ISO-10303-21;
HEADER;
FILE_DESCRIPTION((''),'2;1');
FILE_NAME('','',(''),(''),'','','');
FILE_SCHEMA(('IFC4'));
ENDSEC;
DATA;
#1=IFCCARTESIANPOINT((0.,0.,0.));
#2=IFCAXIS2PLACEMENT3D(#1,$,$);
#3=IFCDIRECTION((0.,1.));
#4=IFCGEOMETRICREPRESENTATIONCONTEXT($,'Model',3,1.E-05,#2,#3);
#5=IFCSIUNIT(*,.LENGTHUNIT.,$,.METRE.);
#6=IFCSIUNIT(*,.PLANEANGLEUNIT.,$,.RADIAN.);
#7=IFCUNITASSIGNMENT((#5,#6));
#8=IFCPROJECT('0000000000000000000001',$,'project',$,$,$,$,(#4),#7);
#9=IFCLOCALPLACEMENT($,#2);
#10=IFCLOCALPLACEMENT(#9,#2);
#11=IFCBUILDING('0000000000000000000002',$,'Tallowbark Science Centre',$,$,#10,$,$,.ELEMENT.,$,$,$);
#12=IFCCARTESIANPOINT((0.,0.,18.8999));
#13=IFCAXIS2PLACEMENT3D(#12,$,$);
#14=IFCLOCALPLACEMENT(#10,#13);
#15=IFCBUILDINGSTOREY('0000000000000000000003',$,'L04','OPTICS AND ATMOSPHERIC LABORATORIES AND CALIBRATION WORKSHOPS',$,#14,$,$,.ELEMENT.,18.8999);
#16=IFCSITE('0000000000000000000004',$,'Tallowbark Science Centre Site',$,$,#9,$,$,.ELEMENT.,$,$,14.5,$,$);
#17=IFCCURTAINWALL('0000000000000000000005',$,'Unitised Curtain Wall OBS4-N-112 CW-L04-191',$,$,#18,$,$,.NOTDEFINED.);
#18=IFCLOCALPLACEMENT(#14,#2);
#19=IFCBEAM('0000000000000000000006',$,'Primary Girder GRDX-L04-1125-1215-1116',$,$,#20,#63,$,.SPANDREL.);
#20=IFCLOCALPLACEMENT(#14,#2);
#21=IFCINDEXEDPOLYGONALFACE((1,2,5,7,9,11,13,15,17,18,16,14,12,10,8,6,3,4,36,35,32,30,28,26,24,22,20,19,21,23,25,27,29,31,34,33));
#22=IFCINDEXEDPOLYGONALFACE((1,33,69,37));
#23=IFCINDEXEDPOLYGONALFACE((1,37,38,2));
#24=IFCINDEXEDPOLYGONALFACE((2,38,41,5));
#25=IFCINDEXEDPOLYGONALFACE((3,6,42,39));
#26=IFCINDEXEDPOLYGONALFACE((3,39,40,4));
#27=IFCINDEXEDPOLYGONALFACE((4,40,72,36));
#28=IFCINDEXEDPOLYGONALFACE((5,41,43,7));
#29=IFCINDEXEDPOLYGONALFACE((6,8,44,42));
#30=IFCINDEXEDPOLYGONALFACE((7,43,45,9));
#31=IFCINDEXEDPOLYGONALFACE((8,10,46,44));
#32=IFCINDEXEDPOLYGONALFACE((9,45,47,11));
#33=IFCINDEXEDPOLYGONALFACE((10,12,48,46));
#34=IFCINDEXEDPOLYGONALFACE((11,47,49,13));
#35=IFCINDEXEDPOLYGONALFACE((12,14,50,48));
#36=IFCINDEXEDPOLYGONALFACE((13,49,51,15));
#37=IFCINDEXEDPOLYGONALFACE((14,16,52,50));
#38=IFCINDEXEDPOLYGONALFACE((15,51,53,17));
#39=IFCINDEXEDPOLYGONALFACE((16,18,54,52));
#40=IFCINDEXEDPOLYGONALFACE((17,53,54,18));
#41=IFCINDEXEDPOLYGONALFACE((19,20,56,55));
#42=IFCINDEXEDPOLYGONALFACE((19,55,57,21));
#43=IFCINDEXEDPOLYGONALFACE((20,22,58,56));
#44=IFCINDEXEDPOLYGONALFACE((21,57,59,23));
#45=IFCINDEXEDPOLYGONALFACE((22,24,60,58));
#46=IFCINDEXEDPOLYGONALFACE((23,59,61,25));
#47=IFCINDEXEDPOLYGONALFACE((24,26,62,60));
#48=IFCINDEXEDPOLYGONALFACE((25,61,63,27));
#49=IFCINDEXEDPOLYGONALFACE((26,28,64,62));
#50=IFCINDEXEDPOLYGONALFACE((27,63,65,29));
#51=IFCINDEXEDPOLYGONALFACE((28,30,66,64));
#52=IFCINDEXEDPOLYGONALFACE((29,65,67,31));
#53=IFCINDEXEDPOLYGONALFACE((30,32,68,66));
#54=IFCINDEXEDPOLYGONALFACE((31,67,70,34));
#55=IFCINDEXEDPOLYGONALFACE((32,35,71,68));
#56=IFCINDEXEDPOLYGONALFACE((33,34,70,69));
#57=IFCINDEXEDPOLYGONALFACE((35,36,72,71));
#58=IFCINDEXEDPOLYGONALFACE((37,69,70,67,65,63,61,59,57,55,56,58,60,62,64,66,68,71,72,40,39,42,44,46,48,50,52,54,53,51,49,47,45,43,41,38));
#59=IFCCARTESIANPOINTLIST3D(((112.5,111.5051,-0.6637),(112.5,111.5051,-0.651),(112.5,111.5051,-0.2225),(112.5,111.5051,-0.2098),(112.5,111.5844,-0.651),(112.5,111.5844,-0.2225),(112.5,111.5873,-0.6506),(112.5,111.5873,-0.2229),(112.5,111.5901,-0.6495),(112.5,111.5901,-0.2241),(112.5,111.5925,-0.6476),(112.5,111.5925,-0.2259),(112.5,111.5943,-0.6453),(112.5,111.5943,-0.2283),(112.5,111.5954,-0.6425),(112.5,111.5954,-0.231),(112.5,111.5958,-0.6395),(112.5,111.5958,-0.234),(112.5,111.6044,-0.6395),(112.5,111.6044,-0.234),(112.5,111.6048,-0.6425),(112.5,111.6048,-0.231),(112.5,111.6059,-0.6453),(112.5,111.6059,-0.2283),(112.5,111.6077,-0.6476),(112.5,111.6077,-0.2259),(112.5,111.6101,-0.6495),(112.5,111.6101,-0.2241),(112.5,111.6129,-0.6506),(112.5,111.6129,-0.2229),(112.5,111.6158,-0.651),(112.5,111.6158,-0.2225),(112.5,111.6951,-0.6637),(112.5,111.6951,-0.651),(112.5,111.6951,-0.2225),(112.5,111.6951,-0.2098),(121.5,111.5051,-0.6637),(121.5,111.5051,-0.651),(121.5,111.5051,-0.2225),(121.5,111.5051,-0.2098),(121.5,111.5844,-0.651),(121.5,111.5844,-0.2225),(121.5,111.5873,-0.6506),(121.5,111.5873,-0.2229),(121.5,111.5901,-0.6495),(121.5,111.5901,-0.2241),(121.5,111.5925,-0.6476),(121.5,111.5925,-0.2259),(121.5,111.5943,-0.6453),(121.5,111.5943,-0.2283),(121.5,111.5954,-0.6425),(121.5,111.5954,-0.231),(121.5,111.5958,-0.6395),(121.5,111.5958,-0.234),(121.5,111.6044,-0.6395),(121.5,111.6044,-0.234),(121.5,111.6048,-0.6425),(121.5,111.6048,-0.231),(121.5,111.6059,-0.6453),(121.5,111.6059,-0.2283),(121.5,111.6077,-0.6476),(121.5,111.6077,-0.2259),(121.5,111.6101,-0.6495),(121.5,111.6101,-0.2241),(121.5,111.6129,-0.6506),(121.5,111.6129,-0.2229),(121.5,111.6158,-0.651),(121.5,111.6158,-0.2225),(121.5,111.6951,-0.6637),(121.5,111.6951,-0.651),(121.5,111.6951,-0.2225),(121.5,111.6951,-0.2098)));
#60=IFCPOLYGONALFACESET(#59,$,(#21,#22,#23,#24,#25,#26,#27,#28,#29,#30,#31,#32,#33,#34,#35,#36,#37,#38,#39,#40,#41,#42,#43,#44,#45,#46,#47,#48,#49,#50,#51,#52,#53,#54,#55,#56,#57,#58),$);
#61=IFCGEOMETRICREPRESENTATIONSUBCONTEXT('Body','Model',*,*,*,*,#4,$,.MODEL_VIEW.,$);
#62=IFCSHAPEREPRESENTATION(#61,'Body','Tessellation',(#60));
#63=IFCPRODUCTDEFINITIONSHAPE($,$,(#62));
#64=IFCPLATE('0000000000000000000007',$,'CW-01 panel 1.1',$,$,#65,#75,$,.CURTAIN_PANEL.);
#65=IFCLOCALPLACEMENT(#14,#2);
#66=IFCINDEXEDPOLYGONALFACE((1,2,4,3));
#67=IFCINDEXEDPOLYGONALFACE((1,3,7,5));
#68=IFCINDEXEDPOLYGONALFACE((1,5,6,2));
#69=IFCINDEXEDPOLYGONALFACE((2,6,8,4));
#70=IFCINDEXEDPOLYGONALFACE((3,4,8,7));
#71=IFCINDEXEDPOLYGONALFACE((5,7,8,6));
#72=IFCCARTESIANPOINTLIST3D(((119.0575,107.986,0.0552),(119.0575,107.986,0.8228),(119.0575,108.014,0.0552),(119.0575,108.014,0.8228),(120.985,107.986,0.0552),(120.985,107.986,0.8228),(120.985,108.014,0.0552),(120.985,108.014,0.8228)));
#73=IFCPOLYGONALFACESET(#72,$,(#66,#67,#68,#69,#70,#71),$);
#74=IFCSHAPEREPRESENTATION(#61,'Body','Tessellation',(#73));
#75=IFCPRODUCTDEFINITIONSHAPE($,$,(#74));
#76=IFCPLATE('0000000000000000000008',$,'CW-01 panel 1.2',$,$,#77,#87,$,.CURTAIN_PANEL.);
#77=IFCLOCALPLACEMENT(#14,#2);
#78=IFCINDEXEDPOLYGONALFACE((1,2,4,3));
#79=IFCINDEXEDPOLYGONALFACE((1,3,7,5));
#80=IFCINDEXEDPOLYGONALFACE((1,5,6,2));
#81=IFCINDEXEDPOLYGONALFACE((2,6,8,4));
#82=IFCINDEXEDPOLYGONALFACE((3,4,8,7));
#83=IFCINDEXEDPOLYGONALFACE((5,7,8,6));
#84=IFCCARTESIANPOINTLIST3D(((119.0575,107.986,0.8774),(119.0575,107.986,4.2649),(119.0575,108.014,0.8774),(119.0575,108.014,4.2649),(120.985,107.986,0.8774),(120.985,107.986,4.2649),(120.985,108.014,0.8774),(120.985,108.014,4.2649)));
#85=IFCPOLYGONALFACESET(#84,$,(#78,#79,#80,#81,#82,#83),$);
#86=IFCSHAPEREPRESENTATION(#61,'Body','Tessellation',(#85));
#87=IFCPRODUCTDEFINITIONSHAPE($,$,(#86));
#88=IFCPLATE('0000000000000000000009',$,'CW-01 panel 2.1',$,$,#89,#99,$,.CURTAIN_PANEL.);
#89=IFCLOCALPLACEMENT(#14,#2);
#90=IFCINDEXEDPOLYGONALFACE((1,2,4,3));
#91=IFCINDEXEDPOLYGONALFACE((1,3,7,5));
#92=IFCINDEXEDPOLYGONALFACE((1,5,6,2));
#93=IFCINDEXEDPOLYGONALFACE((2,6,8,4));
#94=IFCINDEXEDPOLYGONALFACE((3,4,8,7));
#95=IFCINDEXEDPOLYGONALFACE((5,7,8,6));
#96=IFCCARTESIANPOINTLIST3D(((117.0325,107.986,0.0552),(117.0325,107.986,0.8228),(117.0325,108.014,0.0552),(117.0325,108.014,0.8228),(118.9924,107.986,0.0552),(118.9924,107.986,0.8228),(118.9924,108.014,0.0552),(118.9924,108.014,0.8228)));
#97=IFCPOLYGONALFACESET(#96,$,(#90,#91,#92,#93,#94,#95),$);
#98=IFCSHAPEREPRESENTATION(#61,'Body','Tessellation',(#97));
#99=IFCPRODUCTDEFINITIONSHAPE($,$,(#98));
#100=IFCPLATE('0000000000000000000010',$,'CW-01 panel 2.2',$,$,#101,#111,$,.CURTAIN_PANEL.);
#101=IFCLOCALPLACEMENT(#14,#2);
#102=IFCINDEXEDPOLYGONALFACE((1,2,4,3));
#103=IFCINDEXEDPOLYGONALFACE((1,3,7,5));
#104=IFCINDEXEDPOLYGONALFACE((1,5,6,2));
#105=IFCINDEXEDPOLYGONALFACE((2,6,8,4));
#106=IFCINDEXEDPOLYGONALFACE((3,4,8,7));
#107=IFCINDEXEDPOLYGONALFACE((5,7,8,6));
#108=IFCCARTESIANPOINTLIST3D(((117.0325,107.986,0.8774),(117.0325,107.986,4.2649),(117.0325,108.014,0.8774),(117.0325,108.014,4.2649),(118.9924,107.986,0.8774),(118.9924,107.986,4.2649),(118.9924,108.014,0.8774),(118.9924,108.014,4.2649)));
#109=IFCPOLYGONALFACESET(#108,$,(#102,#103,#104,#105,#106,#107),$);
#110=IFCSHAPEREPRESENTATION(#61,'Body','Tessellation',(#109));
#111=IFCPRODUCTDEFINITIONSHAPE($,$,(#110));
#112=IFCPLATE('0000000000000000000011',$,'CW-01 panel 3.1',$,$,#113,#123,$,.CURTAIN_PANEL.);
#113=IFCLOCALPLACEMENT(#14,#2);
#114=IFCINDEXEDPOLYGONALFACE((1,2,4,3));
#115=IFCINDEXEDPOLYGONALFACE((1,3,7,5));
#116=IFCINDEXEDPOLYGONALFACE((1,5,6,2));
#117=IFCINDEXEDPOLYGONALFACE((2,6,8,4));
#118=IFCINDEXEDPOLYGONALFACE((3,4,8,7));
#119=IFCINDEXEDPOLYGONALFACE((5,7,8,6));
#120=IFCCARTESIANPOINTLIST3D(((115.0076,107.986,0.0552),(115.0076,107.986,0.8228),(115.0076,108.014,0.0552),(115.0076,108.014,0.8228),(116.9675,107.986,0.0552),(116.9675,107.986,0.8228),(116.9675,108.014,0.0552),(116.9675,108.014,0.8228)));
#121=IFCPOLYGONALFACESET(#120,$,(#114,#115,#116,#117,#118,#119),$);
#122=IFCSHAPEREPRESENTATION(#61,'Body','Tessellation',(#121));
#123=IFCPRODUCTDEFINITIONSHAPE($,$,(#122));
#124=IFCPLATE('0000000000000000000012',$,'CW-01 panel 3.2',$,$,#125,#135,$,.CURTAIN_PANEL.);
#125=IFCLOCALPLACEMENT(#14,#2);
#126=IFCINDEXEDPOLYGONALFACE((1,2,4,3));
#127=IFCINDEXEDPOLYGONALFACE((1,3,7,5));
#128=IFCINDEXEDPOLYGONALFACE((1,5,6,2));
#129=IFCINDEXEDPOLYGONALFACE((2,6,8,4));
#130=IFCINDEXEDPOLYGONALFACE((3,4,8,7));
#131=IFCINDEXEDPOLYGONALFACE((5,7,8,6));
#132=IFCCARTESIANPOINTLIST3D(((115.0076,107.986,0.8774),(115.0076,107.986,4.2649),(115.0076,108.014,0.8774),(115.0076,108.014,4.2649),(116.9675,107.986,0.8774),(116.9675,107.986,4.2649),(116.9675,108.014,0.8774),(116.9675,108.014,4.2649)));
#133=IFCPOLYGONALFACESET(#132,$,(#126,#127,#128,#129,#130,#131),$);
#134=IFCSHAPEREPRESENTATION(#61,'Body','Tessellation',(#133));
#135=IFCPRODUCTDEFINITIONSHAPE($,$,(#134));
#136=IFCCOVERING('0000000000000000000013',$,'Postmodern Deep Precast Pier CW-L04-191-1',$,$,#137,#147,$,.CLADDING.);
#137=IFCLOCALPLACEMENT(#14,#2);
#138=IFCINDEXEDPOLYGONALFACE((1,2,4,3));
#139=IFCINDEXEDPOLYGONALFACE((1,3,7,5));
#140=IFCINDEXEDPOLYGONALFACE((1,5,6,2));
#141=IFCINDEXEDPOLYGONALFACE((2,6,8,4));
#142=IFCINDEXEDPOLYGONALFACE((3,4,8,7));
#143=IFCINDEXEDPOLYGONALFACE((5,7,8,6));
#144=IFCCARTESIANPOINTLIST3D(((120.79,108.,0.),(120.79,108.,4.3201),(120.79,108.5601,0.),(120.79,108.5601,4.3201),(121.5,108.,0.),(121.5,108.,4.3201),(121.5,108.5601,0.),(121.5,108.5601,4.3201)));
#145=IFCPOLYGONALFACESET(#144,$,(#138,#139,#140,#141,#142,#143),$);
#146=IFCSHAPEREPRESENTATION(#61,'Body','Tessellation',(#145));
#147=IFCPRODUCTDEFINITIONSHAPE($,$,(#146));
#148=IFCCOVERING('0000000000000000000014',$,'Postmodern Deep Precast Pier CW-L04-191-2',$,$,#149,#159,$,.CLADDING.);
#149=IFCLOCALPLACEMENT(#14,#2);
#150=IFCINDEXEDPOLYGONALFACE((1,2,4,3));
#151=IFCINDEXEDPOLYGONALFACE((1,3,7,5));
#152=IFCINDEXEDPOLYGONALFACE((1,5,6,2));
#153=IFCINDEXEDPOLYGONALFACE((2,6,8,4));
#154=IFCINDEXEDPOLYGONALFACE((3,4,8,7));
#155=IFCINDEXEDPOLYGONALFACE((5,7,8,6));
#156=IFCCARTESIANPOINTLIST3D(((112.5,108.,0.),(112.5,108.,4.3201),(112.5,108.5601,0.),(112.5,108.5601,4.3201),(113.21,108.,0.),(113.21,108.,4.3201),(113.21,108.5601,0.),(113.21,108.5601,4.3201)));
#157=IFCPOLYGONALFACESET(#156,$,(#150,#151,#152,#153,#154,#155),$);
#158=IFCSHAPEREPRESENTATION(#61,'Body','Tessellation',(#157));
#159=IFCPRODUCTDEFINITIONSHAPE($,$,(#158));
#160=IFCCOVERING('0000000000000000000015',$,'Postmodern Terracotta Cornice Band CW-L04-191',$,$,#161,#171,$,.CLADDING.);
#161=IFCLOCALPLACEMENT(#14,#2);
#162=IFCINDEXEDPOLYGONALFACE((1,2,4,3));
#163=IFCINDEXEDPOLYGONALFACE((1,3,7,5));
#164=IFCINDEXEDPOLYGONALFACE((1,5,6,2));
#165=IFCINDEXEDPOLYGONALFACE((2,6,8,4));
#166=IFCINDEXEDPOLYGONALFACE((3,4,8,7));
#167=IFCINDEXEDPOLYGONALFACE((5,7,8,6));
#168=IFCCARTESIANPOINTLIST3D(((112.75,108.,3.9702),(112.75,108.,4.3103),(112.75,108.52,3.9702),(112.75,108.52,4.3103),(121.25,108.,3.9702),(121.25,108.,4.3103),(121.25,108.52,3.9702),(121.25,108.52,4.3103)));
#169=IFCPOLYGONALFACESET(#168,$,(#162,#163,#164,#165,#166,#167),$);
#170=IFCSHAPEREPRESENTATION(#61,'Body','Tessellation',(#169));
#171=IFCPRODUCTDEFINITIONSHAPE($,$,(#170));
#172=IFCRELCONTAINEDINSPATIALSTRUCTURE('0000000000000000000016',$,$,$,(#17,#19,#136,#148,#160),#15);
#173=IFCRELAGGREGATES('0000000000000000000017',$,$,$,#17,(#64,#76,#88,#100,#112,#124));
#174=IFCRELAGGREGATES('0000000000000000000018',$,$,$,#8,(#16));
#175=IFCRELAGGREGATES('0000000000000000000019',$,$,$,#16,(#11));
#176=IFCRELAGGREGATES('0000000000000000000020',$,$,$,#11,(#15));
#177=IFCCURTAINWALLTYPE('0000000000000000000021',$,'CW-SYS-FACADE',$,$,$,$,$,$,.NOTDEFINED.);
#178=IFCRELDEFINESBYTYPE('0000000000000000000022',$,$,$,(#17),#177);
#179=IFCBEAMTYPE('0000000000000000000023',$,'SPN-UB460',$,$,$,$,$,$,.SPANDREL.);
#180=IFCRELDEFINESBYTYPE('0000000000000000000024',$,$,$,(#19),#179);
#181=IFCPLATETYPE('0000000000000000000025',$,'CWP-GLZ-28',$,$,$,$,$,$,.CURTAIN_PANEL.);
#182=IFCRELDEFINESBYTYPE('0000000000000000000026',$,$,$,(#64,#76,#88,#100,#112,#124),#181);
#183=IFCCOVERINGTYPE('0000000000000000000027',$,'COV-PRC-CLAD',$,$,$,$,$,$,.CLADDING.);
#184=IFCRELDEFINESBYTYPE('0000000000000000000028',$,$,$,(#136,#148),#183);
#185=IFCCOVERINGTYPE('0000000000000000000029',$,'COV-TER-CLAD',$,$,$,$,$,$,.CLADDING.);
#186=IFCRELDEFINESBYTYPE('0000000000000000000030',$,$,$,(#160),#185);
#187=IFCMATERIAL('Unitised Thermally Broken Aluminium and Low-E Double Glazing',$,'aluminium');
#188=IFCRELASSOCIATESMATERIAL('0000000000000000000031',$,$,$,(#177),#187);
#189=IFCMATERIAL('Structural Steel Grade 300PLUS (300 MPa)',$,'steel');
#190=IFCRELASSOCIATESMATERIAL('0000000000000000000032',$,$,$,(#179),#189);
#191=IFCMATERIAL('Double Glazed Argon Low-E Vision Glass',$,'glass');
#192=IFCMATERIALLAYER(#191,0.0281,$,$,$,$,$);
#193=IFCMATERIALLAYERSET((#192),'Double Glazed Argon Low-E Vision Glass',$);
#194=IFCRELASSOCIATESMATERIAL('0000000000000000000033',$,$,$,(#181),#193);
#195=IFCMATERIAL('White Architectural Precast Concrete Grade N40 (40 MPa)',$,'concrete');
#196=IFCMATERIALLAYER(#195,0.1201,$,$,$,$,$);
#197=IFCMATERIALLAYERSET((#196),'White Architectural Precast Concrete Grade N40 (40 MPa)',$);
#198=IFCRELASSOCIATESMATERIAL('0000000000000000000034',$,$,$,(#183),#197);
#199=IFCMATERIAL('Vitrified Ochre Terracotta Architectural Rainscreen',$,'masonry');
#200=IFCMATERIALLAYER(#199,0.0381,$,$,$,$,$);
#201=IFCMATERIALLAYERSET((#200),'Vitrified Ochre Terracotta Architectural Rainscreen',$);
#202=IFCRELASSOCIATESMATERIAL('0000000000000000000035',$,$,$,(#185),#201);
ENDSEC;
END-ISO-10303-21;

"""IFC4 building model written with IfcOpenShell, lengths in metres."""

from ifc_helpers import new_model, si_unit, direction, frame, origin, origin_2d, place, context, subcontext, project, spatial, rectangle, i_section, extrude, material, layer, layer_set, material_profile, profile_set, type_object, element, aggregate, save


model = new_model("IFC4")

# Units and contexts
model_context = context("Model", 3, precision=1e-05, world=origin(), true_north=direction((0.0, 1.0)))
body_context = subcontext(model_context, "Body", "Model", "MODEL_VIEW")
ifc_project = project(units=[si_unit("LENGTHUNIT", "METRE"), si_unit("PLANEANGLEUNIT", "RADIAN")], contexts=[model_context])

# Site, building, storey
site_placement = place(None, origin())
site = spatial("IfcSite", under=ifc_project, at=site_placement, Name="Tallowbark Science Centre Site", CompositionType="ELEMENT", RefElevation=14.5)
building_placement = place(site_placement, origin())
building = spatial("IfcBuilding", under=site, at=building_placement, Name="Tallowbark Science Centre", CompositionType="ELEMENT")
storey_placement = place(building_placement, frame((0.0, 0.0, 18.8999)))
storey = spatial("IfcBuildingStorey", under=building, at=storey_placement, Name="L04", Description="OPTICS AND ATMOSPHERIC LABORATORIES AND CALIBRATION WORKSHOPS", CompositionType="ELEMENT", Elevation=18.8999)

# Curtain wall
ifc_material_1 = material(Name="Unitised Thermally Broken Aluminium and Low-E Double Glazing", Category="aluminium")
curtain_wall_type = type_object("IfcCurtainWallType", Name="CW-SYS-FACADE", PredefinedType="NOTDEFINED", material=ifc_material_1)
curtain_wall_placement = place(storey_placement, origin())
curtain_wall = element("IfcCurtainWall", 1, at=curtain_wall_placement, inside=storey, type_object=curtain_wall_type, Name="Unitised Curtain Wall OBS4-N-112 CW-L04-191", PredefinedType="NOTDEFINED")

# Beam
ifc_material_2 = material(Name="Structural Steel Grade 300PLUS (300 MPa)", Category="steel")
ifc_material_profile_1 = material_profile(ifc_material_2, i_section(OverallWidth=0.1899, OverallDepth=0.4539, WebThickness=0.0085, FlangeThickness=0.0127, FilletRadius=0.0115, at=origin_2d()), Name="460UB67.1")
ifc_profile_set_1 = profile_set([ifc_material_profile_1], Name="Structural Steel Grade 300PLUS (300 MPa)")
beam_type = type_object("IfcBeamType", Name="SPN-UB460", PredefinedType="SPANDREL", material=ifc_profile_set_1)
beam_placement = place(storey_placement, frame((112.5, 111.6001, -0.4368), z_axis=(1.0, 0.0, 0.0), x_axis=(0.0, 1.0, 0.0)))
element("IfcBeam", 2, at=beam_placement, inside=storey, type_object=beam_type, Name="Primary Girder GRDX-L04-1125-1215-1116", PredefinedType="SPANDREL", context=body_context, shape_type="SweptSolid", body=[
    extrude(i_section(OverallWidth=0.1899, OverallDepth=0.4539, WebThickness=0.0085, FlangeThickness=0.0127, FilletRadius=0.0115, at=origin_2d()), origin(), (0.0, 0.0, 1.0), 9.0),
])

# Plates
ifc_material_3 = material(Name="Double Glazed Argon Low-E Vision Glass", Category="glass")
ifc_layer_1 = layer(ifc_material_3, 0.0281)
ifc_layer_set_1 = layer_set([ifc_layer_1], Name="Double Glazed Argon Low-E Vision Glass")
plate_type = type_object("IfcPlateType", Name="CWP-GLZ-28", PredefinedType="CURTAIN_PANEL", material=ifc_layer_set_1)
plate_1_placement = place(storey_placement, frame((120.0212, 108.0, 0.0552), z_axis=(0.0, 0.0, 1.0), x_axis=(-1.0, 0.0, 0.0)))
plate_1 = element("IfcPlate", 3, at=plate_1_placement, type_object=plate_type, Name="CW-01 panel 1.1", PredefinedType="CURTAIN_PANEL", context=body_context, shape_type="SweptSolid", body=[
    extrude(rectangle(XDim=1.9275, YDim=0.0281, at=origin_2d()), origin(), (0.0, 0.0, 1.0), 0.7676),
])
plate_2_placement = place(storey_placement, frame((120.0212, 108.0, 0.8774), z_axis=(0.0, 0.0, 1.0), x_axis=(-1.0, 0.0, 0.0)))
plate_2 = element("IfcPlate", 4, at=plate_2_placement, type_object=plate_type, Name="CW-01 panel 1.2", PredefinedType="CURTAIN_PANEL", context=body_context, shape_type="SweptSolid", body=[
    extrude(rectangle(XDim=1.9275, YDim=0.0281, at=origin_2d()), origin(), (0.0, 0.0, 1.0), 3.3875),
])
plate_3_placement = place(storey_placement, frame((118.0125, 108.0, 0.0552), z_axis=(0.0, 0.0, 1.0), x_axis=(-1.0, 0.0, 0.0)))
plate_3 = element("IfcPlate", 5, at=plate_3_placement, type_object=plate_type, Name="CW-01 panel 2.1", PredefinedType="CURTAIN_PANEL", context=body_context, shape_type="SweptSolid", body=[
    extrude(rectangle(XDim=1.96, YDim=0.0281, at=origin_2d()), origin(), (0.0, 0.0, 1.0), 0.7676),
])
plate_4_placement = place(storey_placement, frame((118.0125, 108.0, 0.8774), z_axis=(0.0, 0.0, 1.0), x_axis=(-1.0, 0.0, 0.0)))
plate_4 = element("IfcPlate", 6, at=plate_4_placement, type_object=plate_type, Name="CW-01 panel 2.2", PredefinedType="CURTAIN_PANEL", context=body_context, shape_type="SweptSolid", body=[
    extrude(rectangle(XDim=1.96, YDim=0.0281, at=origin_2d()), origin(), (0.0, 0.0, 1.0), 3.3875),
])
plate_5_placement = place(storey_placement, frame((115.9875, 108.0, 0.0552), z_axis=(0.0, 0.0, 1.0), x_axis=(-1.0, 0.0, 0.0)))
plate_5 = element("IfcPlate", 7, at=plate_5_placement, type_object=plate_type, Name="CW-01 panel 3.1", PredefinedType="CURTAIN_PANEL", context=body_context, shape_type="SweptSolid", body=[
    extrude(rectangle(XDim=1.96, YDim=0.0281, at=origin_2d()), origin(), (0.0, 0.0, 1.0), 0.7676),
])
plate_6_placement = place(storey_placement, frame((115.9875, 108.0, 0.8774), z_axis=(0.0, 0.0, 1.0), x_axis=(-1.0, 0.0, 0.0)))
plate_6 = element("IfcPlate", 8, at=plate_6_placement, type_object=plate_type, Name="CW-01 panel 3.2", PredefinedType="CURTAIN_PANEL", context=body_context, shape_type="SweptSolid", body=[
    extrude(rectangle(XDim=1.96, YDim=0.0281, at=origin_2d()), origin(), (0.0, 0.0, 1.0), 3.3875),
])
aggregate(curtain_wall, [plate_1, plate_2, plate_3, plate_4, plate_5, plate_6])

# Coverings
ifc_material_4 = material(Name="White Architectural Precast Concrete Grade N40 (40 MPa)", Category="concrete")
ifc_layer_2 = layer(ifc_material_4, 0.1201)
ifc_layer_set_2 = layer_set([ifc_layer_2], Name="White Architectural Precast Concrete Grade N40 (40 MPa)")
covering_type_1 = type_object("IfcCoveringType", Name="COV-PRC-CLAD", PredefinedType="CLADDING", material=ifc_layer_set_2)
for number, where, z_axis, x_axis, name in (
    (9, (121.145, 108.28, 0.0), (0.0, 0.0, 1.0), (-1.0, 0.0, 0.0), "Postmodern Deep Precast Pier CW-L04-191-1"),
    (10, (112.855, 108.28, 0.0), (0.0, 0.0, 1.0), (-1.0, 0.0, 0.0), "Postmodern Deep Precast Pier CW-L04-191-2"),
):
    element("IfcCovering", number, at=place(storey_placement, frame(where, z_axis=z_axis, x_axis=x_axis)), inside=storey, type_object=covering_type_1, Name=name, PredefinedType="CLADDING", context=body_context, shape_type="SweptSolid", body=[
        extrude(rectangle(XDim=0.71, YDim=0.5601, at=origin_2d()), origin(), (0.0, 0.0, 1.0), 4.3201),
    ])
ifc_material_5 = material(Name="Vitrified Ochre Terracotta Architectural Rainscreen", Category="masonry")
ifc_layer_3 = layer(ifc_material_5, 0.0381)
ifc_layer_set_3 = layer_set([ifc_layer_3], Name="Vitrified Ochre Terracotta Architectural Rainscreen")
covering_type_2 = type_object("IfcCoveringType", Name="COV-TER-CLAD", PredefinedType="CLADDING", material=ifc_layer_set_3)
covering_placement = place(storey_placement, frame((117.0, 108.26, 3.9702), z_axis=(0.0, 0.0, 1.0), x_axis=(-1.0, 0.0, 0.0)))
element("IfcCovering", 11, at=covering_placement, inside=storey, type_object=covering_type_2, Name="Postmodern Terracotta Cornice Band CW-L04-191", PredefinedType="CLADDING", context=body_context, shape_type="SweptSolid", body=[
    extrude(rectangle(XDim=8.5, YDim=0.52, at=origin_2d()), origin(), (0.0, 0.0, 1.0), 0.3401),
])

save(model, "model.ifc")
